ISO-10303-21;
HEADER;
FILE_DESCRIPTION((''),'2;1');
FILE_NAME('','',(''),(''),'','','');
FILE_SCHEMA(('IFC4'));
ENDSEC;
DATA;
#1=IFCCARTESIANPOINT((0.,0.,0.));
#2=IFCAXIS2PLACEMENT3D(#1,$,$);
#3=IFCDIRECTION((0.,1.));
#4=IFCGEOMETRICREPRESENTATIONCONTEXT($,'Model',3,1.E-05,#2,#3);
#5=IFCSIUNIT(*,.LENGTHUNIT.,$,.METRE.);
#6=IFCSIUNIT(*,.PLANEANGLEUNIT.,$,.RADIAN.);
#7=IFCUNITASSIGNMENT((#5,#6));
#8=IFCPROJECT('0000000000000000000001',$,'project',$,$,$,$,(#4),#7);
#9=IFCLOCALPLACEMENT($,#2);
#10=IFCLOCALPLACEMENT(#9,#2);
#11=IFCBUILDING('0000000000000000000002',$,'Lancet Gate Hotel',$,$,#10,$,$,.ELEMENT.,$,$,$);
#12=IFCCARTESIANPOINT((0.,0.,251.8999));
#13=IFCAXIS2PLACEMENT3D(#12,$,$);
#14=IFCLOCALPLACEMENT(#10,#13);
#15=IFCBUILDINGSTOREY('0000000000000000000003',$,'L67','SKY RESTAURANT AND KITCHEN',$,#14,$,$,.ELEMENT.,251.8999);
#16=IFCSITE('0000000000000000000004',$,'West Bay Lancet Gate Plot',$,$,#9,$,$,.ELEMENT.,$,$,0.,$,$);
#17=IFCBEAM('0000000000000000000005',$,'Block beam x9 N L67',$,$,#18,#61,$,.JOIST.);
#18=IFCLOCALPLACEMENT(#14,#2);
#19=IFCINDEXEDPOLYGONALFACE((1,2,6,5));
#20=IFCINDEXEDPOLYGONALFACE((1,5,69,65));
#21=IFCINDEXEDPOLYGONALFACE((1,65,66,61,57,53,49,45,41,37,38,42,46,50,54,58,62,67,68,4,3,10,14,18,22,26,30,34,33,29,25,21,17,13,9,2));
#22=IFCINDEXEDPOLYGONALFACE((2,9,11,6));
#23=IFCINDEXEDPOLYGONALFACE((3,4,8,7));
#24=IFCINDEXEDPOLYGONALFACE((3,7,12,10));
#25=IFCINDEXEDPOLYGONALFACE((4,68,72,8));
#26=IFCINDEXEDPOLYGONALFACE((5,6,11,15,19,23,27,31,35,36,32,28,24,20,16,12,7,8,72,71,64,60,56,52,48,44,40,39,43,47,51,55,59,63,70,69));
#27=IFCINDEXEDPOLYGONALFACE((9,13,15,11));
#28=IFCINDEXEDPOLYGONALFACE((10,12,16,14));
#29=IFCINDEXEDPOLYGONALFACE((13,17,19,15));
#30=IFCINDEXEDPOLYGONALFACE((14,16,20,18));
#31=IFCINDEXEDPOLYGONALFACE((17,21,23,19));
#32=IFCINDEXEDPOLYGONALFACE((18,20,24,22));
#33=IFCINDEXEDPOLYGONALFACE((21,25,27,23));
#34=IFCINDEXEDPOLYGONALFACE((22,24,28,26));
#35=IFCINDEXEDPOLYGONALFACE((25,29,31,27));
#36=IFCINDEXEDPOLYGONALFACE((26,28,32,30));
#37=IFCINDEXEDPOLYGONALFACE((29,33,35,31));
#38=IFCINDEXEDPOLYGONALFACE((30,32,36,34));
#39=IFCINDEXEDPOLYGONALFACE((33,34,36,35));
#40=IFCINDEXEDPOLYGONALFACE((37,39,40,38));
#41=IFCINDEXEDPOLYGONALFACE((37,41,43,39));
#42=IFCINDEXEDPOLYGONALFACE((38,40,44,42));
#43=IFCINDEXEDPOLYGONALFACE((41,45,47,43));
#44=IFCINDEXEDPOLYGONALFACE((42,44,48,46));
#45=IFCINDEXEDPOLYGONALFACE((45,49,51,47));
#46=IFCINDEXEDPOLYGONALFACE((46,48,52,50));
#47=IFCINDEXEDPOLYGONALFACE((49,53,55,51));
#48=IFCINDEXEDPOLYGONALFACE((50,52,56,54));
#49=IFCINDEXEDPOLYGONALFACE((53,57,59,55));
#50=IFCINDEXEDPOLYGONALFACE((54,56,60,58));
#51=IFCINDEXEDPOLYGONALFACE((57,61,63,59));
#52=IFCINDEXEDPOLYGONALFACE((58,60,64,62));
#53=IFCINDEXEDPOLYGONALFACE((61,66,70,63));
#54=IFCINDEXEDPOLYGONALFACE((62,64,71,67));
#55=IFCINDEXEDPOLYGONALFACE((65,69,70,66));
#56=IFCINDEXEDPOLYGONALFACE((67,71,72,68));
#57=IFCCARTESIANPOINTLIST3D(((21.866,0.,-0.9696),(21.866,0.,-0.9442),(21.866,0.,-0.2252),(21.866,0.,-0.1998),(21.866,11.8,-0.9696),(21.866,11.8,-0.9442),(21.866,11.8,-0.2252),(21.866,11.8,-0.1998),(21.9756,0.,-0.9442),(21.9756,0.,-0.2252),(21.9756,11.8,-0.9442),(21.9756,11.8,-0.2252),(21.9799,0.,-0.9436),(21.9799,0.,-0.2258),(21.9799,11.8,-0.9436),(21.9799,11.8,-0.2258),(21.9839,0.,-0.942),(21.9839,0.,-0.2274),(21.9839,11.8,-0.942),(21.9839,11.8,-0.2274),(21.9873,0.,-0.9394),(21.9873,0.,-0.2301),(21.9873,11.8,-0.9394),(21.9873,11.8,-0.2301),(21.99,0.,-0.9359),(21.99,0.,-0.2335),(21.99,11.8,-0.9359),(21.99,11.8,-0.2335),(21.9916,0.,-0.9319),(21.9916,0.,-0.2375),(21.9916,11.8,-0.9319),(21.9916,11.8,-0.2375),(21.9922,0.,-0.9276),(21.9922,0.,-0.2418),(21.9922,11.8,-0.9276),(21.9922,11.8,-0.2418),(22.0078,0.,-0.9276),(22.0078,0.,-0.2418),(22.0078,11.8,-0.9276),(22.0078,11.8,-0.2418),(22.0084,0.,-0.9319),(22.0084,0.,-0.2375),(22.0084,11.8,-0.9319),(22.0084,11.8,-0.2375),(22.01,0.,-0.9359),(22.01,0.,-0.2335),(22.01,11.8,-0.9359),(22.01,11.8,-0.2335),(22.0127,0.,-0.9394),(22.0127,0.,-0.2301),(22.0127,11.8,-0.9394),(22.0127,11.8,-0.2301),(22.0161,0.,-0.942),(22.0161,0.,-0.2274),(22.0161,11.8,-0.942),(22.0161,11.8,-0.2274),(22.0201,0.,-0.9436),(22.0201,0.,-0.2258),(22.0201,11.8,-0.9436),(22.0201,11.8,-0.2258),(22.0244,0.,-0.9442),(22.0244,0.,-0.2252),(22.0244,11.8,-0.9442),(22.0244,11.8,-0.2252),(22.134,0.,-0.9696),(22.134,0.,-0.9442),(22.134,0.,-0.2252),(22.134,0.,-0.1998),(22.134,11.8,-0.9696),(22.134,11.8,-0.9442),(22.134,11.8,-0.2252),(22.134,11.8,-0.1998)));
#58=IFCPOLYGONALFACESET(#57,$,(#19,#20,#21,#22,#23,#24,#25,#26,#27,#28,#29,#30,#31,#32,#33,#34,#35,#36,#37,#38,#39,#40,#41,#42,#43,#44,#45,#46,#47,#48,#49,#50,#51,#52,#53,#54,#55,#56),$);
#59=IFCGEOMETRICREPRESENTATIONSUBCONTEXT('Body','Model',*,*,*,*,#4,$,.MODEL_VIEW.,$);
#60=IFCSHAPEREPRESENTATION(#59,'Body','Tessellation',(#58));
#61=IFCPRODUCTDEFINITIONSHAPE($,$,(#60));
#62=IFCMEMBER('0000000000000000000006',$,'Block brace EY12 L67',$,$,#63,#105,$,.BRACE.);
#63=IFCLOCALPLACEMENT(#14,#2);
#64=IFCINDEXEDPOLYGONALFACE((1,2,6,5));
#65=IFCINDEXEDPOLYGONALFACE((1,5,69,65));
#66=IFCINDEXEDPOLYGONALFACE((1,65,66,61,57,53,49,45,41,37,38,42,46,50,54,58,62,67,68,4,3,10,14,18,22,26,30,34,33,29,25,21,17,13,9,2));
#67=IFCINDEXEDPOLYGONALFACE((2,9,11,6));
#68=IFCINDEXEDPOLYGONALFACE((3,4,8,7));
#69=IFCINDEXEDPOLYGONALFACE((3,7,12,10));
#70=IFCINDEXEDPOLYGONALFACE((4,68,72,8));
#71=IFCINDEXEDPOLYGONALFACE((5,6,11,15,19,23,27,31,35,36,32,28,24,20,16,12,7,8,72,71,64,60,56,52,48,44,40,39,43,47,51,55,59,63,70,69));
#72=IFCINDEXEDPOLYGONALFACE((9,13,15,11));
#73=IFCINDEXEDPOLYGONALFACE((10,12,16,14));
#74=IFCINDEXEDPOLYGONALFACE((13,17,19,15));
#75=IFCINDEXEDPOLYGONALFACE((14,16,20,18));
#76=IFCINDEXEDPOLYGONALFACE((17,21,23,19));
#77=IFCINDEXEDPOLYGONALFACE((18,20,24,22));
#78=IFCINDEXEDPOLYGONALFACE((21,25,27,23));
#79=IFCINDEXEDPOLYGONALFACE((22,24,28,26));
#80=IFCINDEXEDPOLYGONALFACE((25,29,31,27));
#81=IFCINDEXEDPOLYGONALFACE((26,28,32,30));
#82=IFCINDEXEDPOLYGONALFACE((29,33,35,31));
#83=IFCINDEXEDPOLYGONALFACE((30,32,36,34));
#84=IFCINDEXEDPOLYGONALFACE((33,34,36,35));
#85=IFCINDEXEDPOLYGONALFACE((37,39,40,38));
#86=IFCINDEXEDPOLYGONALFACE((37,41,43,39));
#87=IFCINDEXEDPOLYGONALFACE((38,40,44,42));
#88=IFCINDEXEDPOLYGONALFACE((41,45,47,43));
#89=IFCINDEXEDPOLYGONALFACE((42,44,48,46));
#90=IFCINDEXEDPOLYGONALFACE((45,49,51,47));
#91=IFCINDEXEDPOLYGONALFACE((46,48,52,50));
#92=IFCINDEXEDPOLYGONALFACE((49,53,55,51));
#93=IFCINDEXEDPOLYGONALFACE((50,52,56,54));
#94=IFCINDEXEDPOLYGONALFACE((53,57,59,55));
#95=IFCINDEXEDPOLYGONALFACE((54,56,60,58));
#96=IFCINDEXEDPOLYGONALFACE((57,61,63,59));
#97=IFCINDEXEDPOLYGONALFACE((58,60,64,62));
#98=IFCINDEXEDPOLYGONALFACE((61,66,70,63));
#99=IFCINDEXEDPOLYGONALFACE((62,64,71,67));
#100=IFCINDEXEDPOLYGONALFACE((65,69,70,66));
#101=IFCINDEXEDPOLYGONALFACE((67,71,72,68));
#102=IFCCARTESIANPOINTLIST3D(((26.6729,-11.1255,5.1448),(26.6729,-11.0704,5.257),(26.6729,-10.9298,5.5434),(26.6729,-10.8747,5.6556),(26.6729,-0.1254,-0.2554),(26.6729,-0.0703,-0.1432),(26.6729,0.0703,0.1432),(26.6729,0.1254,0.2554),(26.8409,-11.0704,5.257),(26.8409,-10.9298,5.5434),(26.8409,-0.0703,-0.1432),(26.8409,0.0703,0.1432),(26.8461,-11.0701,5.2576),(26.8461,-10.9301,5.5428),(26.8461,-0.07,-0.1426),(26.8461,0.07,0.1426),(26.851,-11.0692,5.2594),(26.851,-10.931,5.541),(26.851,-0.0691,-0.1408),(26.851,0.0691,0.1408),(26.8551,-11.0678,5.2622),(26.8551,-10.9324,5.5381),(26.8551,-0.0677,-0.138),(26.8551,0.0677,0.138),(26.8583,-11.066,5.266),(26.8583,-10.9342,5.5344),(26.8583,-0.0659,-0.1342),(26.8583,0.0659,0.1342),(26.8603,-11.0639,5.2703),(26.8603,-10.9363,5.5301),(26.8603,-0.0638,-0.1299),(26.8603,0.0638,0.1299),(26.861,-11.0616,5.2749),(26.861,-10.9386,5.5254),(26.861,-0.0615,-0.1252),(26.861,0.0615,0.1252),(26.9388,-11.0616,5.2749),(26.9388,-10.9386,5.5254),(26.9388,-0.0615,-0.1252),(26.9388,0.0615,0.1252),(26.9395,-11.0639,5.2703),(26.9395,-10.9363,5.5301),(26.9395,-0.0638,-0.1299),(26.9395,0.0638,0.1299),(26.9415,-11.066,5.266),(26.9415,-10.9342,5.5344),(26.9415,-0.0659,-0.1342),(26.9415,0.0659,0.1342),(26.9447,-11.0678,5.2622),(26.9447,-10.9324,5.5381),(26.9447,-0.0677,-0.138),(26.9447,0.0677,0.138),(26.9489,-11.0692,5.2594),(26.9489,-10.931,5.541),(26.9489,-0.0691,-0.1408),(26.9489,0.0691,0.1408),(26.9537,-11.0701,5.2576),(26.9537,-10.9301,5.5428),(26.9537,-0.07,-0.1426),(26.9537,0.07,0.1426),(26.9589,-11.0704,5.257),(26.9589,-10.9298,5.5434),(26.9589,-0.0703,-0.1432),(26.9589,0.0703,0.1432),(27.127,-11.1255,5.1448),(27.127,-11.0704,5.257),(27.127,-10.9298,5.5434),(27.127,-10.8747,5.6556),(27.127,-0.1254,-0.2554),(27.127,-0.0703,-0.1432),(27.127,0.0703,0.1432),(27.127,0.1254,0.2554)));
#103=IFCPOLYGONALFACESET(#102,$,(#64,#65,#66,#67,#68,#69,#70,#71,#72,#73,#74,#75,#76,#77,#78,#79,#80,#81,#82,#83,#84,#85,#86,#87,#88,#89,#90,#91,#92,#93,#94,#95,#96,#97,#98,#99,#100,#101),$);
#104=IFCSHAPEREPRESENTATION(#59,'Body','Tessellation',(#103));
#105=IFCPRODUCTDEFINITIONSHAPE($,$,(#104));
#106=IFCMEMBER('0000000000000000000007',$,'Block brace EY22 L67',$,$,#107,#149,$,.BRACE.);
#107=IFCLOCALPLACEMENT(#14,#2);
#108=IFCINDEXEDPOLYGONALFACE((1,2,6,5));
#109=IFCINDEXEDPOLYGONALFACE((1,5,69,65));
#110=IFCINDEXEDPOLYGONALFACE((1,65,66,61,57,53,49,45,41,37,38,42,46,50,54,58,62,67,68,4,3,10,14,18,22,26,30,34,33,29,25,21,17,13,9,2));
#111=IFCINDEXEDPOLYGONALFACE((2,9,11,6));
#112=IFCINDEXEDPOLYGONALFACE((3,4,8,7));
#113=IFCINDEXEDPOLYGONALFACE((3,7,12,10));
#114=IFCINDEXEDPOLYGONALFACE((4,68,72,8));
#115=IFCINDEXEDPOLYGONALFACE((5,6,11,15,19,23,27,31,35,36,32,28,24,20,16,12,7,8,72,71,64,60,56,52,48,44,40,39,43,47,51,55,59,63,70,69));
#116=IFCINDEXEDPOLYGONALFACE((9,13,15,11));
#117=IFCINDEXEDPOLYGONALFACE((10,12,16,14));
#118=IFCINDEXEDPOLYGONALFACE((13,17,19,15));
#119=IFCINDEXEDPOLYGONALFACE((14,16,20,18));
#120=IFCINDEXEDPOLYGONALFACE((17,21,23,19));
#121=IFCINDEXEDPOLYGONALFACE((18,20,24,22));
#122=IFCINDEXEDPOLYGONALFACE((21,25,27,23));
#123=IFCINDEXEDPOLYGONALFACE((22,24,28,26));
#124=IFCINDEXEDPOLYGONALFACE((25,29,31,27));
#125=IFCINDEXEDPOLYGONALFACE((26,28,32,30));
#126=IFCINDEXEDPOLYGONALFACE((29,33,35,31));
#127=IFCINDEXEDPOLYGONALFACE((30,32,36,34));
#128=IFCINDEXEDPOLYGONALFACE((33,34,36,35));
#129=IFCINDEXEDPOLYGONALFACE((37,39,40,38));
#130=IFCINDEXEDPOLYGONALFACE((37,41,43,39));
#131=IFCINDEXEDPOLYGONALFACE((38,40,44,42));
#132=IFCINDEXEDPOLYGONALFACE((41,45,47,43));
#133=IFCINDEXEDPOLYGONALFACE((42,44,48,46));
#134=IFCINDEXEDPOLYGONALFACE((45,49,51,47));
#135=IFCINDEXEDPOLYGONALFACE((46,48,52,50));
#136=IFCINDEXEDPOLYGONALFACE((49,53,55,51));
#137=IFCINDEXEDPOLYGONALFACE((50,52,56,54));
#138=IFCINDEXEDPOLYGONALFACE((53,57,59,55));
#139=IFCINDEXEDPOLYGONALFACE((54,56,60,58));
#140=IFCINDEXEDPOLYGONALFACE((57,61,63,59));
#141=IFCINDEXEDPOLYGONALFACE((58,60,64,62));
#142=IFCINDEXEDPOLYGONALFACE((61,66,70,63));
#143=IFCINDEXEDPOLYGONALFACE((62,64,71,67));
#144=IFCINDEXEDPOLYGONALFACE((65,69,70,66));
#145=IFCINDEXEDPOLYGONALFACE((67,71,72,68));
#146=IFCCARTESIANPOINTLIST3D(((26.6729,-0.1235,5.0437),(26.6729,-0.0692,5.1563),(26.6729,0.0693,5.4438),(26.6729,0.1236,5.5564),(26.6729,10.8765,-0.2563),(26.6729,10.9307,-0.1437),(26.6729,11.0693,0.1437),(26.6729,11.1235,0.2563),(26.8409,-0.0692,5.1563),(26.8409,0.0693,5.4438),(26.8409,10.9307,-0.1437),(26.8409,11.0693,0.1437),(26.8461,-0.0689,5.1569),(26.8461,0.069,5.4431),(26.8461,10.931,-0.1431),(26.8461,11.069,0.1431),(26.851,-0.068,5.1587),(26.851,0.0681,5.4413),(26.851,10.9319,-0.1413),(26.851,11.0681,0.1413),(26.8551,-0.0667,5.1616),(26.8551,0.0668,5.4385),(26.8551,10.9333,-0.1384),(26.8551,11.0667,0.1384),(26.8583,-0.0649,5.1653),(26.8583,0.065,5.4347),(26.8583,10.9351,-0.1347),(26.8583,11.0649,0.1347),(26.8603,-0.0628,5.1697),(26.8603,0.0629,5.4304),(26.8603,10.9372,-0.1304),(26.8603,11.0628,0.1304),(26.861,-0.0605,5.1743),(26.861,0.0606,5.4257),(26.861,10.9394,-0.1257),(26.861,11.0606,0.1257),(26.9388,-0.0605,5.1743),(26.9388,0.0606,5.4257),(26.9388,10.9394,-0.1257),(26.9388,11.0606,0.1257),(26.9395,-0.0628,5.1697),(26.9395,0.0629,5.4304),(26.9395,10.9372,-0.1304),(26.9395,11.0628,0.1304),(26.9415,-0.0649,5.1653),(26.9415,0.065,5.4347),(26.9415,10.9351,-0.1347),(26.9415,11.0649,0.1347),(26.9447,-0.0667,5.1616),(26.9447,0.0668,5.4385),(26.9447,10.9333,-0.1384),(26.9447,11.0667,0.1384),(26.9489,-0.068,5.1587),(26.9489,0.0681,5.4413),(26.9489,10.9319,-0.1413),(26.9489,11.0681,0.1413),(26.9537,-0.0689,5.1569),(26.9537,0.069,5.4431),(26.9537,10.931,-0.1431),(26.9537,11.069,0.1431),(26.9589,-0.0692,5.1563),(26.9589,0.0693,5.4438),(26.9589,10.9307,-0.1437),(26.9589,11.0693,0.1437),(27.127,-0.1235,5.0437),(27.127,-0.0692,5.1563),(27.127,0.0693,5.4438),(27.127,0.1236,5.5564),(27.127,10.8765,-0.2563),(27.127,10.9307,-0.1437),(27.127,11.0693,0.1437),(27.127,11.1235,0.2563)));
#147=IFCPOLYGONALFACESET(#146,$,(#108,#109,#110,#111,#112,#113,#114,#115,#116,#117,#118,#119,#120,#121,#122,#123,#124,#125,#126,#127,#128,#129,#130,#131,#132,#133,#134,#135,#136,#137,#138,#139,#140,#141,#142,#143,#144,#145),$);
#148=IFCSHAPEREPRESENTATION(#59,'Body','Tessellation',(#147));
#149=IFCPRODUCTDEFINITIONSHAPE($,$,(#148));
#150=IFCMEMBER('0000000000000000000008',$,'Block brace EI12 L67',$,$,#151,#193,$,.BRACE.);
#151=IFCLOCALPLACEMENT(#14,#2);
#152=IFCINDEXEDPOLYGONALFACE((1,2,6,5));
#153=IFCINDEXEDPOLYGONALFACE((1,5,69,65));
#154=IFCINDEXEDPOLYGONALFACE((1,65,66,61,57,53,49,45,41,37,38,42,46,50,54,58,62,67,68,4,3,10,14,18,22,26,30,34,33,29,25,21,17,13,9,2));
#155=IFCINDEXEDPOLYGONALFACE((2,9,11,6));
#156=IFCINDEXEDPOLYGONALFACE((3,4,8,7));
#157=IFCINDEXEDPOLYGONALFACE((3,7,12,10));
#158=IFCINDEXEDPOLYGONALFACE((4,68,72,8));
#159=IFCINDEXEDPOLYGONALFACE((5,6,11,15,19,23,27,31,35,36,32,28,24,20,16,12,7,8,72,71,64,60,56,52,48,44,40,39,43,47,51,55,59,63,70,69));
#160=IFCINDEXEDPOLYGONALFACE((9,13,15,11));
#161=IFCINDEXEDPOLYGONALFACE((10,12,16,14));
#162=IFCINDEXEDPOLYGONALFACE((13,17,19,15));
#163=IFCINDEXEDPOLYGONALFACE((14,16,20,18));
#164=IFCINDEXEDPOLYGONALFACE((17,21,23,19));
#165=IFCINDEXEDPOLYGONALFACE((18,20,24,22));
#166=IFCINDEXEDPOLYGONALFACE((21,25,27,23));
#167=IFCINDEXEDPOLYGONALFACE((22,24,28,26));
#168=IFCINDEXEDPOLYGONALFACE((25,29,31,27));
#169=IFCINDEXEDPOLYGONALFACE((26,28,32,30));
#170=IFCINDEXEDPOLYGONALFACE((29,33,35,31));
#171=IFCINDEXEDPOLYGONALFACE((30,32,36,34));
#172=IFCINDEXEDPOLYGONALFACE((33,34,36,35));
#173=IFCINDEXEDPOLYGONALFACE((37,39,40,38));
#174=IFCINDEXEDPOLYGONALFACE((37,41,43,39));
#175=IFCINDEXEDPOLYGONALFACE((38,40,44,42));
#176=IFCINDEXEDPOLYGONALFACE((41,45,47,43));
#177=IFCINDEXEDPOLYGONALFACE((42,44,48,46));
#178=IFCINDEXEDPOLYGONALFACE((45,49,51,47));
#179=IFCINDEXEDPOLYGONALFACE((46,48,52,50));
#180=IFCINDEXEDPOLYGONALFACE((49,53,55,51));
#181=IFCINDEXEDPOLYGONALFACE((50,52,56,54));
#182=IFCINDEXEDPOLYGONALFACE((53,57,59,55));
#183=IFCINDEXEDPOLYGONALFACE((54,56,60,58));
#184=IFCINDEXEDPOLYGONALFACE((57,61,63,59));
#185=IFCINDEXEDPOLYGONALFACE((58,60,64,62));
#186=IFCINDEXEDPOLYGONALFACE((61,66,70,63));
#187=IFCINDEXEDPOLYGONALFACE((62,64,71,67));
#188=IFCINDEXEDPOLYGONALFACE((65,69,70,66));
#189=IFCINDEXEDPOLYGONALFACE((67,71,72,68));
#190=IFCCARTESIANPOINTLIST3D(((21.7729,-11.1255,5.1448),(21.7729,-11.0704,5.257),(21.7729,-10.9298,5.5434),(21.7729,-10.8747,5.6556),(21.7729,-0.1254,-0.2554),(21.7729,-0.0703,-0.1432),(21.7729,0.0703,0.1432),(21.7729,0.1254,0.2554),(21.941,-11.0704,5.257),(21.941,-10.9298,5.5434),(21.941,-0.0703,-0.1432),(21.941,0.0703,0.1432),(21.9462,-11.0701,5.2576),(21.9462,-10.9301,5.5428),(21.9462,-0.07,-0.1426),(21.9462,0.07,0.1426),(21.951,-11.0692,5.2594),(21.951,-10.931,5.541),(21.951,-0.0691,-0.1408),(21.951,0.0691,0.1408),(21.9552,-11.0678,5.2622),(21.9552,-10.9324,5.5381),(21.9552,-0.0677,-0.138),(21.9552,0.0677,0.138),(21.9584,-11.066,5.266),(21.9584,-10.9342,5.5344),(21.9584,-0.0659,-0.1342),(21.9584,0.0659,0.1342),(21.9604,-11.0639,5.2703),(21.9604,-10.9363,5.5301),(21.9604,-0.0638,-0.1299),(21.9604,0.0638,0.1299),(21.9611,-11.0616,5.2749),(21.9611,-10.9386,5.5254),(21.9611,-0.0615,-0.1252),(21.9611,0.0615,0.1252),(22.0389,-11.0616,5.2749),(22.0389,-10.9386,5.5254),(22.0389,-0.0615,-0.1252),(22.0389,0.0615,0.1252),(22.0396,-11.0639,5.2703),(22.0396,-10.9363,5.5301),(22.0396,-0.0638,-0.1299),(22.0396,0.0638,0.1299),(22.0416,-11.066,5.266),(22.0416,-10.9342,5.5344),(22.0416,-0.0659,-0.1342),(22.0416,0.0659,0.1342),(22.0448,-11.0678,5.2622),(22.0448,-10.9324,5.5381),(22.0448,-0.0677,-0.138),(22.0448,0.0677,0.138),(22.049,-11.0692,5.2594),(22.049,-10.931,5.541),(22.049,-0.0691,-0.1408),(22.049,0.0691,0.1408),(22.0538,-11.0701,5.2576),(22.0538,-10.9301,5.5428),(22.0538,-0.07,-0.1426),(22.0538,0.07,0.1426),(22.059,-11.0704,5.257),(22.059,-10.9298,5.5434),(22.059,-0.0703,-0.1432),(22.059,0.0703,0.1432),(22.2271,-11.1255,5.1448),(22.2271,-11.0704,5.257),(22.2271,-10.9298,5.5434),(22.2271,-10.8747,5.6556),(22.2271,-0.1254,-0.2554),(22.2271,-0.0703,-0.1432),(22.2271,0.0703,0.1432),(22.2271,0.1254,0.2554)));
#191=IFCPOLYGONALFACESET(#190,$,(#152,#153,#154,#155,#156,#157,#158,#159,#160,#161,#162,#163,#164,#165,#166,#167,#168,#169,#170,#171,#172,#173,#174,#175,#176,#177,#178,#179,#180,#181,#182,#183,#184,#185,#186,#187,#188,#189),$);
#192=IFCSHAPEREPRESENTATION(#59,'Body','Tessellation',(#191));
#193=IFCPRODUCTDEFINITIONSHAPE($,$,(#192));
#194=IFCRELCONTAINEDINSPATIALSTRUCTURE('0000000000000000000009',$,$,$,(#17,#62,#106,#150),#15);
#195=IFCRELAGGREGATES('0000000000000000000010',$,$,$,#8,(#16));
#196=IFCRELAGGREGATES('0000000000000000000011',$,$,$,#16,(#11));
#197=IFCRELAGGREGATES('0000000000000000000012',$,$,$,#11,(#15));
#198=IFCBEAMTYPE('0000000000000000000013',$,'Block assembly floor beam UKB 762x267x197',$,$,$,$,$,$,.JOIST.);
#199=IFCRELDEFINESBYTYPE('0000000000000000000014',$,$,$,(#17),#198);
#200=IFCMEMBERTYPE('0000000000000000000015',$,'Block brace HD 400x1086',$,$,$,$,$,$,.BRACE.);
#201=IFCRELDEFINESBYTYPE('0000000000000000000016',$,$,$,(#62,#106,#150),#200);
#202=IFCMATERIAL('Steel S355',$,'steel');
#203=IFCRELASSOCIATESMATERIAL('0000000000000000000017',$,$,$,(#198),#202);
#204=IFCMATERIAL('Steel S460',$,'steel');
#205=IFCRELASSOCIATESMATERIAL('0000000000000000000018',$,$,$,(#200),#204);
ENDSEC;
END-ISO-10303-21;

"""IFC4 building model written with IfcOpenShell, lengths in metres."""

from ifc_helpers import new_model, si_unit, direction, frame, origin, origin_2d, place, context, subcontext, project, spatial, i_section, extrude, material, material_profile, profile_set, type_object, element, save


model = new_model("IFC4")

# Units and contexts
model_context = context("Model", 3, precision=1e-05, world=origin(), true_north=direction((0.0, 1.0)))
body_context = subcontext(model_context, "Body", "Model", "MODEL_VIEW")
ifc_project = project(units=[si_unit("LENGTHUNIT", "METRE"), si_unit("PLANEANGLEUNIT", "RADIAN")], contexts=[model_context])

# Site, building, storey
site_placement = place(None, origin())
site = spatial("IfcSite", under=ifc_project, at=site_placement, Name="West Bay Lancet Gate Plot", CompositionType="ELEMENT", RefElevation=0.0)
building_placement = place(site_placement, origin())
building = spatial("IfcBuilding", under=site, at=building_placement, Name="Lancet Gate Hotel", CompositionType="ELEMENT")
storey_placement = place(building_placement, frame((0.0, 0.0, 251.8999)))
storey = spatial("IfcBuildingStorey", under=building, at=storey_placement, Name="L67", Description="SKY RESTAURANT AND KITCHEN", CompositionType="ELEMENT", Elevation=251.8999)

# Beam
ifc_material_1 = material(Name="Steel S355", Category="steel")
ifc_material_profile_1 = material_profile(ifc_material_1, i_section(OverallWidth=0.2681, OverallDepth=0.7698, WebThickness=0.0156, FlangeThickness=0.0254, FilletRadius=0.0166, at=origin_2d()), Name="UKB 762x267x197")
ifc_profile_set_1 = profile_set([ifc_material_profile_1], Name="Steel S355")
beam_type_1 = type_object("IfcBeamType", Name="Block assembly floor beam UKB 762x267x197", PredefinedType="JOIST", material=ifc_profile_set_1)
beam_1_placement = place(storey_placement, frame((22.0, 0.0, -0.5847), z_axis=(0.0, 1.0, 0.0), x_axis=(-1.0, 0.0, 0.0)))
element("IfcBeam", 1, at=beam_1_placement, inside=storey, type_object=beam_type_1, Name="Block beam x9 N L67", PredefinedType="JOIST", context=body_context, shape_type="SweptSolid", body=[
    extrude(i_section(OverallWidth=0.2681, OverallDepth=0.7698, WebThickness=0.0156, FlangeThickness=0.0254, FilletRadius=0.0166, at=origin_2d()), origin(), (0.0, 0.0, 1.0), 11.8),
])

# Members
ifc_material_2 = material(Name="Steel S460", Category="steel")
ifc_material_profile_2 = material_profile(ifc_material_2, i_section(OverallWidth=0.4541, OverallDepth=0.5691, WebThickness=0.0779, FlangeThickness=0.125, FilletRadius=0.02, at=origin_2d()), Name="HD 400x1086")
ifc_profile_set_2 = profile_set([ifc_material_profile_2], Name="Steel S460")
member_type_1 = type_object("IfcMemberType", Name="Block brace HD 400x1086", PredefinedType="BRACE", material=ifc_profile_set_2)
member_1_placement = place(storey_placement, frame((26.8999, 0.0, 0.0), z_axis=(0.0, -0.897663, 0.440683), x_axis=(1.0, 0.0, 0.0)))
element("IfcMember", 2, at=member_1_placement, inside=storey, type_object=member_type_1, Name="Block brace EY12 L67", PredefinedType="BRACE", context=body_context, shape_type="SweptSolid", body=[
    extrude(i_section(OverallWidth=0.4541, OverallDepth=0.5691, WebThickness=0.0779, FlangeThickness=0.125, FilletRadius=0.02, at=origin_2d()), origin(), (0.0, 0.0, 1.0), 12.2542),
])
member_2_placement = place(storey_placement, frame((26.8999, 11.0, 0.0), z_axis=(0.0, -0.900882, 0.434065), x_axis=(1.0, 0.0, 0.0)))
element("IfcMember", 3, at=member_2_placement, inside=storey, type_object=member_type_1, Name="Block brace EY22 L67", PredefinedType="BRACE", context=body_context, shape_type="SweptSolid", body=[
    extrude(i_section(OverallWidth=0.4541, OverallDepth=0.5691, WebThickness=0.0779, FlangeThickness=0.125, FilletRadius=0.02, at=origin_2d()), origin(), (0.0, 0.0, 1.0), 12.2102),
])
member_3_placement = place(storey_placement, frame((22.0, 0.0, 0.0), z_axis=(0.0, -0.897663, 0.440683), x_axis=(1.0, 0.0, 0.0)))
element("IfcMember", 4, at=member_3_placement, inside=storey, type_object=member_type_1, Name="Block brace EI12 L67", PredefinedType="BRACE", context=body_context, shape_type="SweptSolid", body=[
    extrude(i_section(OverallWidth=0.4541, OverallDepth=0.5691, WebThickness=0.0779, FlangeThickness=0.125, FilletRadius=0.02, at=origin_2d()), origin(), (0.0, 0.0, 1.0), 12.2542),
])

save(model, "model.ifc")
